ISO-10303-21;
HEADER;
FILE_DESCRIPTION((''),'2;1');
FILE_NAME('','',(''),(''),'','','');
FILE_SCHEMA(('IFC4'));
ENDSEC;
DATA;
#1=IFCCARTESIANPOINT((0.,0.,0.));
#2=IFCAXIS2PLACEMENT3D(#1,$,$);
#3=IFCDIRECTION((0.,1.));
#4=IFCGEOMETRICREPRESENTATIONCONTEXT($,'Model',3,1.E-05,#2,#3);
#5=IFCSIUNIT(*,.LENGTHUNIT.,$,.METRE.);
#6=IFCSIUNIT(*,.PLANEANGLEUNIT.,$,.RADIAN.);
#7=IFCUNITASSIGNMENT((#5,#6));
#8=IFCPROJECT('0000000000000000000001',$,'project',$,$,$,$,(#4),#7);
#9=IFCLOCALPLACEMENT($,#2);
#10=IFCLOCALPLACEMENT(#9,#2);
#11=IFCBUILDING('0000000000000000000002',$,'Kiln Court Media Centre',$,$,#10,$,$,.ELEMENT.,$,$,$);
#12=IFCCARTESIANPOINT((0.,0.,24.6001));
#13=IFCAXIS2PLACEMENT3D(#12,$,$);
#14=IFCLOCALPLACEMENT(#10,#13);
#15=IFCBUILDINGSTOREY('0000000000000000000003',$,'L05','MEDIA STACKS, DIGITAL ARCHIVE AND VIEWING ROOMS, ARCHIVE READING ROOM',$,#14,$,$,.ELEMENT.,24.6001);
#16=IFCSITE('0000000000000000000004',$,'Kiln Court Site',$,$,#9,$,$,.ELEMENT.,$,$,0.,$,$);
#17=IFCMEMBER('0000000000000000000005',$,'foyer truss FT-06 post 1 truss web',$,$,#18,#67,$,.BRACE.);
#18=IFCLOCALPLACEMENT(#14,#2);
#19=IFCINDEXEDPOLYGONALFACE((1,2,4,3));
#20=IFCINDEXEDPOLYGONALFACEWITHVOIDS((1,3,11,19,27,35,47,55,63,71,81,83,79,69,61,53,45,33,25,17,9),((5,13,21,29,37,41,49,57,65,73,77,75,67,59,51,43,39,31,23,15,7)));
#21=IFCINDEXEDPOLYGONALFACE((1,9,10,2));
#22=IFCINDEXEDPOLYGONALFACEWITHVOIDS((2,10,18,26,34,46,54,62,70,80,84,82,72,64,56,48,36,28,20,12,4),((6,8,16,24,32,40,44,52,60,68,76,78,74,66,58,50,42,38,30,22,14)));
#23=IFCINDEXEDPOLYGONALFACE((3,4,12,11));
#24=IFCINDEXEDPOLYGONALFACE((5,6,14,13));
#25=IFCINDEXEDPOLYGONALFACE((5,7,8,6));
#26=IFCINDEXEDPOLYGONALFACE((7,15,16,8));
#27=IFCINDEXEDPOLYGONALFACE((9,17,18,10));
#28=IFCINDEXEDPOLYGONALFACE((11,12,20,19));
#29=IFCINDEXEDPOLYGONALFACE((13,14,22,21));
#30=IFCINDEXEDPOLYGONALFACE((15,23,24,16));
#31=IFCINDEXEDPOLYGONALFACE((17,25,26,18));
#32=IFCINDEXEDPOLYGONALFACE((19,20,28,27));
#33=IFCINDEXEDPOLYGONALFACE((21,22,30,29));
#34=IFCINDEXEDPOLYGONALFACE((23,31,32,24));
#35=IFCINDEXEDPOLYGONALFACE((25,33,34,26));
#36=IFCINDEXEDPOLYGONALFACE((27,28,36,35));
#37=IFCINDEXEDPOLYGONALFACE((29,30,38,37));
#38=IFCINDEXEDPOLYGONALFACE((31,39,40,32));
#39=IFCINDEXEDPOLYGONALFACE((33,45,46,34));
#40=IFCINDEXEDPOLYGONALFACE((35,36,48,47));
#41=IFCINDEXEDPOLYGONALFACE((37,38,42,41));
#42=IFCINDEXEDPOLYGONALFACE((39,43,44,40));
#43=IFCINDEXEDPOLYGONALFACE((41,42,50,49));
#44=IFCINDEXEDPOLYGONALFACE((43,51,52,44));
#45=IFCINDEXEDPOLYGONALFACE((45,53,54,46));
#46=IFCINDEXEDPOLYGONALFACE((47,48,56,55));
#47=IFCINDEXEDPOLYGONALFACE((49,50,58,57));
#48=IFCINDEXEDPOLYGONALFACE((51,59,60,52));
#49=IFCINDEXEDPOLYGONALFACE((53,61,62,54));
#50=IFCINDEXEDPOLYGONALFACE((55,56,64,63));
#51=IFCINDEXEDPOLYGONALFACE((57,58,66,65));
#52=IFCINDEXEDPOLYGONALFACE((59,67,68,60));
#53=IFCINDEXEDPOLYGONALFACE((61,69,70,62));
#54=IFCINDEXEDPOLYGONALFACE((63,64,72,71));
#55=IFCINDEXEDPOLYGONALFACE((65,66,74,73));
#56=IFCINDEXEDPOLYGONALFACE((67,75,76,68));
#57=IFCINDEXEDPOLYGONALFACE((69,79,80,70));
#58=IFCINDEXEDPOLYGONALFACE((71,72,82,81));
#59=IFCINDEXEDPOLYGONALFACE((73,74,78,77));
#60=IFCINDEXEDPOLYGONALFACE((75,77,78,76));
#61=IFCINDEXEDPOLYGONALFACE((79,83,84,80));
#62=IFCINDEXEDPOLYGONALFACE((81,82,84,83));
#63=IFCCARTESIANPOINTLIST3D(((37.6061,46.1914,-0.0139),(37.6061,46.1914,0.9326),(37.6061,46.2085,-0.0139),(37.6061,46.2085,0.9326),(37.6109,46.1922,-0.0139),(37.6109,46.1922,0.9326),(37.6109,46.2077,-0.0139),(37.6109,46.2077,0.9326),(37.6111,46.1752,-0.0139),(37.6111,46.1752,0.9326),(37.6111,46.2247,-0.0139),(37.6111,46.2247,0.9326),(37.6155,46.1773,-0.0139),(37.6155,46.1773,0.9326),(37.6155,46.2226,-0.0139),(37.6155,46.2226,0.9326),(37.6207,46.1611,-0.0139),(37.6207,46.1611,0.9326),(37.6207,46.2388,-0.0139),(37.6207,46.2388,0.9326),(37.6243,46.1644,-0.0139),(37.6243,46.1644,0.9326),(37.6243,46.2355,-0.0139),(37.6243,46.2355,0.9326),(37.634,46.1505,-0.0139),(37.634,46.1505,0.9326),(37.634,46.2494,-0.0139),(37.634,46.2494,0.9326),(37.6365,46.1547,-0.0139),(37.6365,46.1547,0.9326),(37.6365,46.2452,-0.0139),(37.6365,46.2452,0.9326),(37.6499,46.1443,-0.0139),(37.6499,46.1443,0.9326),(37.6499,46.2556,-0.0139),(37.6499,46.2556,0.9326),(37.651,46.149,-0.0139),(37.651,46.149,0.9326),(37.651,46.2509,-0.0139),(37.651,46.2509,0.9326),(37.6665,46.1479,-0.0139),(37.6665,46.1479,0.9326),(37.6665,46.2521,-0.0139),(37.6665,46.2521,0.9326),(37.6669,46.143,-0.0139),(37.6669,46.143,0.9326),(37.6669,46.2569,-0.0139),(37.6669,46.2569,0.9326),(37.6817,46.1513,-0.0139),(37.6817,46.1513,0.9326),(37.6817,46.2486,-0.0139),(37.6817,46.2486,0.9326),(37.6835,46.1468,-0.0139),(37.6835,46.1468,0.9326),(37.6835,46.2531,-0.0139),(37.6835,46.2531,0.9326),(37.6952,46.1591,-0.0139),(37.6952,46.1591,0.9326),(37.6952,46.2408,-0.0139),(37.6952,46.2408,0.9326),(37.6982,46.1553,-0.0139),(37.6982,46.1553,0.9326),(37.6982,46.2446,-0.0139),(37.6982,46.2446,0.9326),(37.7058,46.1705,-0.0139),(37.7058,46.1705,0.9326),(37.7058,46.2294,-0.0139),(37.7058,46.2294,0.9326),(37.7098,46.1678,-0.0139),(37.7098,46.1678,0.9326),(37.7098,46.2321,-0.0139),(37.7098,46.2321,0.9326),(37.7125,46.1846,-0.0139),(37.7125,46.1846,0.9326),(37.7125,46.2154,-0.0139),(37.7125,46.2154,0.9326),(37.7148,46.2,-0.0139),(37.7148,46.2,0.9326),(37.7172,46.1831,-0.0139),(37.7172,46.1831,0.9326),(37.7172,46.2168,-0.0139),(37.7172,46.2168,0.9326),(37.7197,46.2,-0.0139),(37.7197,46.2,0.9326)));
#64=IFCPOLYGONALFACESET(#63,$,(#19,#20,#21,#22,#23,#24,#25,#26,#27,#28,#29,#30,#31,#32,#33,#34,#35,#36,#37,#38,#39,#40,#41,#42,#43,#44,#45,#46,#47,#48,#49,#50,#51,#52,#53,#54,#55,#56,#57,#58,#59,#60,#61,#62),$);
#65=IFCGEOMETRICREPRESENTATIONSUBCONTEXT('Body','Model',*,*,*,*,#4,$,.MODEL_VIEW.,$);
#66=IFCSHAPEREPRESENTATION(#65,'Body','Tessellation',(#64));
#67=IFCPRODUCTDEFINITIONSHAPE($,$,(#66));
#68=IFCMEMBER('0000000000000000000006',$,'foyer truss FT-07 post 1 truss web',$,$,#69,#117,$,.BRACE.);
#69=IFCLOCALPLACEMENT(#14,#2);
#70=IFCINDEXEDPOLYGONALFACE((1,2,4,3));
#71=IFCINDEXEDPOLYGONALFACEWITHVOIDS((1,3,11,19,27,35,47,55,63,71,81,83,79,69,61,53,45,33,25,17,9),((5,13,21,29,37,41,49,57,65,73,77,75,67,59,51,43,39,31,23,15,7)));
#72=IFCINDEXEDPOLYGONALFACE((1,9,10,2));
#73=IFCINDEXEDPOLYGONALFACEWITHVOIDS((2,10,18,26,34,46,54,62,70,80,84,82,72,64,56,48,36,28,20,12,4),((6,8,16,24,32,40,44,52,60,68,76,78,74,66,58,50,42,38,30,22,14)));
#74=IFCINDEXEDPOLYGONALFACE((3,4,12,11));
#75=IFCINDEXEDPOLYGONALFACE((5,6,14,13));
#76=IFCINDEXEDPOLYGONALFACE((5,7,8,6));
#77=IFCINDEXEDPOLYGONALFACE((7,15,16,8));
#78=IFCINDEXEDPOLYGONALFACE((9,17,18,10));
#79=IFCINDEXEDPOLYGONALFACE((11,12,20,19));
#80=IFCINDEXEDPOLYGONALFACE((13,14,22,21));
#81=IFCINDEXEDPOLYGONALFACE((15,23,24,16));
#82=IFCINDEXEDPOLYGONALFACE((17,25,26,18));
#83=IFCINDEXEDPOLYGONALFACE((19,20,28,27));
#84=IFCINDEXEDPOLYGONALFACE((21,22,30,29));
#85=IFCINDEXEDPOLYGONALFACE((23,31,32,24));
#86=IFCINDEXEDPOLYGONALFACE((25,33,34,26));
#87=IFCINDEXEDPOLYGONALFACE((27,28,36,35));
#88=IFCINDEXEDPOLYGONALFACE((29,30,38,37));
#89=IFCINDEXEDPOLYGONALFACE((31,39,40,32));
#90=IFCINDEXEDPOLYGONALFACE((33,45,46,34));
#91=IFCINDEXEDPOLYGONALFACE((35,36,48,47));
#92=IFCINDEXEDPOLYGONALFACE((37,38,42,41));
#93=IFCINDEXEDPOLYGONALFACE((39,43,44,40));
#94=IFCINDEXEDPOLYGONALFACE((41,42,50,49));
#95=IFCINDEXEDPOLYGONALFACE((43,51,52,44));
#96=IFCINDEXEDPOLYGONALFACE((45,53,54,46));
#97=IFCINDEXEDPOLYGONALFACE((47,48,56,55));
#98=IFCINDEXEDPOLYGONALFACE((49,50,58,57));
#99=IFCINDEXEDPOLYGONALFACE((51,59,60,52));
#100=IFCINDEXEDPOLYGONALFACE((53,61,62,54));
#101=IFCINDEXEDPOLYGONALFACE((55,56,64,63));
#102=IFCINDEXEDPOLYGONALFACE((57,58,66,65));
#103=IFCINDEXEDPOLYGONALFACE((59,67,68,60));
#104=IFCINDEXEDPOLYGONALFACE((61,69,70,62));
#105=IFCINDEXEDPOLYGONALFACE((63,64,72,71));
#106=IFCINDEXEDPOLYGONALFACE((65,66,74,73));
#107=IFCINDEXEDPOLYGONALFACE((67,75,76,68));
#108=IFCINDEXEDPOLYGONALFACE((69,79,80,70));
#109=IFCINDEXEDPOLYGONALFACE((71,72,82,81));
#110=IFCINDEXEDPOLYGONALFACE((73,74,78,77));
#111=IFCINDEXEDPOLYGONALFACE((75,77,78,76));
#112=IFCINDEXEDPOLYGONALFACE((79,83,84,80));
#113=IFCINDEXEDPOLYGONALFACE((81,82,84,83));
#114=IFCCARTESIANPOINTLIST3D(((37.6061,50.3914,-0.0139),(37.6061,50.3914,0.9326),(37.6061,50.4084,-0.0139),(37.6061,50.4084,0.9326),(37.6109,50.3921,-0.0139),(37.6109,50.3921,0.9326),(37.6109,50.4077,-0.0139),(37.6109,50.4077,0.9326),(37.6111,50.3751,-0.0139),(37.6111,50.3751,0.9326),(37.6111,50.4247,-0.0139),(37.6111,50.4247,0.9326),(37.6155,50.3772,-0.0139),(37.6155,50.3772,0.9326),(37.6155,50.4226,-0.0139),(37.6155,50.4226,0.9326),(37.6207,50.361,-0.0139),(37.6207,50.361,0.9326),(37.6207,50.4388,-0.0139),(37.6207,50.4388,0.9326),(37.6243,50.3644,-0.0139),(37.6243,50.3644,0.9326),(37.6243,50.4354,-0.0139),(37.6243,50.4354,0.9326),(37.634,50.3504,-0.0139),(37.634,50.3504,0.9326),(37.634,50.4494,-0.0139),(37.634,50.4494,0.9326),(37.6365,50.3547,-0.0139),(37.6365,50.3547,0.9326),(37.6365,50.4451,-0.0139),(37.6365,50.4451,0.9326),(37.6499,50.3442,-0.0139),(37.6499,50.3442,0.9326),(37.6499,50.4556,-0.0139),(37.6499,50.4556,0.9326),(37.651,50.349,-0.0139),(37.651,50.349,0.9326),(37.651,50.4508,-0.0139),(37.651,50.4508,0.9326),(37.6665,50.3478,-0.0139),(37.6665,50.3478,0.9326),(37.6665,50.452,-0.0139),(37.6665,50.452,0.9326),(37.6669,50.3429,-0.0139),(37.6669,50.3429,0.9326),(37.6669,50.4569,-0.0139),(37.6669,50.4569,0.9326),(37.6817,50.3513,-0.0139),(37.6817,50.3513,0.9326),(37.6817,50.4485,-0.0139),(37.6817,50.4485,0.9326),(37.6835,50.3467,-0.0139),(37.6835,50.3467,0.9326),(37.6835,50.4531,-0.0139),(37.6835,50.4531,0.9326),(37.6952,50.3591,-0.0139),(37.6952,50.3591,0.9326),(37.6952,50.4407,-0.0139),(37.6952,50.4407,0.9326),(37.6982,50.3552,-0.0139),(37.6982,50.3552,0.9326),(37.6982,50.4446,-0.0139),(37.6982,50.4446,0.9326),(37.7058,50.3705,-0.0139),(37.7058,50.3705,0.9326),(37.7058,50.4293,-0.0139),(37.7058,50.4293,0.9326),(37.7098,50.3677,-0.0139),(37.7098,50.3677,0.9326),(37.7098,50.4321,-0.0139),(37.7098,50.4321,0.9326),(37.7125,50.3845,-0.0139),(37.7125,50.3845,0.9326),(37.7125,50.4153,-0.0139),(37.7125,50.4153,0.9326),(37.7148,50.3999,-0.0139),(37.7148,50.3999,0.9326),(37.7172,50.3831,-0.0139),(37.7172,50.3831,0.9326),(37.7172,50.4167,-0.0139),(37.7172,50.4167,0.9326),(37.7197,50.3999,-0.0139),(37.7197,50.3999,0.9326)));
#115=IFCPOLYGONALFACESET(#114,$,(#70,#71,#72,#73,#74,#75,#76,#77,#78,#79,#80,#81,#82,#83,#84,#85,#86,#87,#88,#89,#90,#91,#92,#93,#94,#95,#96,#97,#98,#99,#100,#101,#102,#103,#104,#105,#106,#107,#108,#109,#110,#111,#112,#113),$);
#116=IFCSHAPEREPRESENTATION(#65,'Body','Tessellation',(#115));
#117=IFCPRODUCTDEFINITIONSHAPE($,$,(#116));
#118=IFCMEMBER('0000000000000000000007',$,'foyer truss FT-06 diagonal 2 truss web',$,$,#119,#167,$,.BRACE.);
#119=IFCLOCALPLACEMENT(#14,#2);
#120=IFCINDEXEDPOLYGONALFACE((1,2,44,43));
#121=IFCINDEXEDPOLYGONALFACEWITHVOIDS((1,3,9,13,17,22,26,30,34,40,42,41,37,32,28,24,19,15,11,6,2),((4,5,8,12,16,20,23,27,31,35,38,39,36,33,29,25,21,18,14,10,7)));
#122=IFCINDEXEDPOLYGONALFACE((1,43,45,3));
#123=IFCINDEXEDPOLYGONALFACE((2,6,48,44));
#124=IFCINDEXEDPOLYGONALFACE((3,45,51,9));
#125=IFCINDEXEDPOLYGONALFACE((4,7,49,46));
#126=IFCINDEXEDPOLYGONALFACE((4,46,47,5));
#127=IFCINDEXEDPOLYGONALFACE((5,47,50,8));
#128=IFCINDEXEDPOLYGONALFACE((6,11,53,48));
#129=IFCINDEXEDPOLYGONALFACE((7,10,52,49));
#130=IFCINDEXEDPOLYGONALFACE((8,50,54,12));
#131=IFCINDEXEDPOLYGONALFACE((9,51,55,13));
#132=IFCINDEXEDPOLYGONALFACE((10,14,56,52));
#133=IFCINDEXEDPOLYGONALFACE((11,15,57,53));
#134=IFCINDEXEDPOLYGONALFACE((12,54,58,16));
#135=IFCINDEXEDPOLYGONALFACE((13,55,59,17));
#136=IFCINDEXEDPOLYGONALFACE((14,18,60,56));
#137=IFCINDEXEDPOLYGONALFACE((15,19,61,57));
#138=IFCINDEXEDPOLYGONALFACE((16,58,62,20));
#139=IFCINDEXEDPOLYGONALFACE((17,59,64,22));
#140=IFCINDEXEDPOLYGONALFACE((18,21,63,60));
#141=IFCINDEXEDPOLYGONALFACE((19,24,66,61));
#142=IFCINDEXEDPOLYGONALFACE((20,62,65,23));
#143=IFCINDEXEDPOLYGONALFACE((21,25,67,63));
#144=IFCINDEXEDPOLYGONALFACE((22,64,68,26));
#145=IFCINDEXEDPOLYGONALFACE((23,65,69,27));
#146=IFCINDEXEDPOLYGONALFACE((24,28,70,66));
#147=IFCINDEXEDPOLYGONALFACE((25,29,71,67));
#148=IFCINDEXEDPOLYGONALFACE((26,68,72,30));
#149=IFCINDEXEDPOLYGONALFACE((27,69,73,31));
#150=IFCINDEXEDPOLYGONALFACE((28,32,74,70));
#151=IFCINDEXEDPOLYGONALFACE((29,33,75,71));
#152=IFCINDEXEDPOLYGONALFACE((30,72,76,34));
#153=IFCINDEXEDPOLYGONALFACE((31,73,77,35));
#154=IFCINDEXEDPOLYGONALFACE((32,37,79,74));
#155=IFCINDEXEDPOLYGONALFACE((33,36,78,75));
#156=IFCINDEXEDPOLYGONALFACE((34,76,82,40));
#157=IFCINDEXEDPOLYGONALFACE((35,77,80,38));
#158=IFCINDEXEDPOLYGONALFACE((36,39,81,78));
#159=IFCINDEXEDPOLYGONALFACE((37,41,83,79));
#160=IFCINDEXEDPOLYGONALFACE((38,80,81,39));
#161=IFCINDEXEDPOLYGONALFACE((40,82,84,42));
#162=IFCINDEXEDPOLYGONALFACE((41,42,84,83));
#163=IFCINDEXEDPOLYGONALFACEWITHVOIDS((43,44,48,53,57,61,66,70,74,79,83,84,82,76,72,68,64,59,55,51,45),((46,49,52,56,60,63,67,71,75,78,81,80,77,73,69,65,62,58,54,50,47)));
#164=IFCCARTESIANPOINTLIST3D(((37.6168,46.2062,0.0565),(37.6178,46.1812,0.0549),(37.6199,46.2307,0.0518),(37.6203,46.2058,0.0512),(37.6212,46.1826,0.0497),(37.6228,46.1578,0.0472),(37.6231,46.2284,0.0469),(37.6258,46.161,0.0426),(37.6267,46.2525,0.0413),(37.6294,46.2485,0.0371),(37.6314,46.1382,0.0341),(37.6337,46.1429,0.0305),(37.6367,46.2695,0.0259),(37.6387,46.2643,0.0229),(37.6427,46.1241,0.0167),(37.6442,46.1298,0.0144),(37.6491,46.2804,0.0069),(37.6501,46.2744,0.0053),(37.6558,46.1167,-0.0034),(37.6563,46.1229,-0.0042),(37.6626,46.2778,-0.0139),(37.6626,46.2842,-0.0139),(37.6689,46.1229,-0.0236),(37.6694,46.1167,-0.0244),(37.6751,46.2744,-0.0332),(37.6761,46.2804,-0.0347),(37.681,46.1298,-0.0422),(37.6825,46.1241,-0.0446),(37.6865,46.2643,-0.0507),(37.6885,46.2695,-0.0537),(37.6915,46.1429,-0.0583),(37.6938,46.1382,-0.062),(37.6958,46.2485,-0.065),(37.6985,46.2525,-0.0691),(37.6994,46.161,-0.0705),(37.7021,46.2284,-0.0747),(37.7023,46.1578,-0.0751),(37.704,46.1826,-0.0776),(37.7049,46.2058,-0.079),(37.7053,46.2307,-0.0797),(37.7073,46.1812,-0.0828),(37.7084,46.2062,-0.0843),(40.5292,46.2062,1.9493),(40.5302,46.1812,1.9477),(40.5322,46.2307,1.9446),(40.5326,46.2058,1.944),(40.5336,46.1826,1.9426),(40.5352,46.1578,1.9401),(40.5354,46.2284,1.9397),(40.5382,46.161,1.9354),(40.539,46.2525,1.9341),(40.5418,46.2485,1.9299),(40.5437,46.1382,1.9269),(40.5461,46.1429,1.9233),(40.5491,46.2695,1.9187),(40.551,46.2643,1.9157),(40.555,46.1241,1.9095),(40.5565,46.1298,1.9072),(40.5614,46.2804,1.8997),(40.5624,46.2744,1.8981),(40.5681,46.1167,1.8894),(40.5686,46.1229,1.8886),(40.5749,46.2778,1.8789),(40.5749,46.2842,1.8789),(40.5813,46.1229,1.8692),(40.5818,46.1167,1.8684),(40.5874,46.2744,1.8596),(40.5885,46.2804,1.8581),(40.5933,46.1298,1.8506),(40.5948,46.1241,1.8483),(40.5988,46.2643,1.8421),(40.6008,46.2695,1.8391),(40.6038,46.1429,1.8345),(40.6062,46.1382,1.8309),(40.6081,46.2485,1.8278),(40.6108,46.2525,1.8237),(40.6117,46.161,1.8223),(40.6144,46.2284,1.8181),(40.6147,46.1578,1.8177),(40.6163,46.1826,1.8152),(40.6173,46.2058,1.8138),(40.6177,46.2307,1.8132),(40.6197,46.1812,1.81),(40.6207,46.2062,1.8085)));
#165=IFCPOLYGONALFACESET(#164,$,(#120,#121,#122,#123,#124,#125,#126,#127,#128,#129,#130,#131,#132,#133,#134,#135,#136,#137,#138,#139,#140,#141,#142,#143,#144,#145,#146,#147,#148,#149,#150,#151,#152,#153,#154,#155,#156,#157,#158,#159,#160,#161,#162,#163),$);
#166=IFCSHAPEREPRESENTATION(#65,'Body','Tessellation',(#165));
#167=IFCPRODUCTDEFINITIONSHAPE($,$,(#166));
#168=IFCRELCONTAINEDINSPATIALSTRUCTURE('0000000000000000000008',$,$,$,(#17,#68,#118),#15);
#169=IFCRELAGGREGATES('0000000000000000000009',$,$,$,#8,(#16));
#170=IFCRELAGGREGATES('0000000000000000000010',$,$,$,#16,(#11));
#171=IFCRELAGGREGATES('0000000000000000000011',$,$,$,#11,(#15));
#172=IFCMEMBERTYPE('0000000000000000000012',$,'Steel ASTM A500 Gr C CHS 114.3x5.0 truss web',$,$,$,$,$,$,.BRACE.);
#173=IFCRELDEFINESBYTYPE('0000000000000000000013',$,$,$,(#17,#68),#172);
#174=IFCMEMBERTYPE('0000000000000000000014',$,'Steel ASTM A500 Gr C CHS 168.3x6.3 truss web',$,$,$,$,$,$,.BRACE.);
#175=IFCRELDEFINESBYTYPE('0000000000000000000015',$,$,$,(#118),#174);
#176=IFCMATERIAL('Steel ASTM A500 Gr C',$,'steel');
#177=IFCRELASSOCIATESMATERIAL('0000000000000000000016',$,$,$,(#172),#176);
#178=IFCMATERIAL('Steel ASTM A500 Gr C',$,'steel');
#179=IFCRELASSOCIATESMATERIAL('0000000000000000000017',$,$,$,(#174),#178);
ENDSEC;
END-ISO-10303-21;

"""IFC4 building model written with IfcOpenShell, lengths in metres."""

from ifc_helpers import new_model, si_unit, direction, frame, origin, origin_2d, place, context, subcontext, project, spatial, hollow_circle, extrude, material, material_profile, profile_set, type_object, element, save


model = new_model("IFC4")

# Units and contexts
model_context = context("Model", 3, precision=1e-05, world=origin(), true_north=direction((0.0, 1.0)))
body_context = subcontext(model_context, "Body", "Model", "MODEL_VIEW")
ifc_project = project(units=[si_unit("LENGTHUNIT", "METRE"), si_unit("PLANEANGLEUNIT", "RADIAN")], contexts=[model_context])

# Site, building, storey
site_placement = place(None, origin())
site = spatial("IfcSite", under=ifc_project, at=site_placement, Name="Kiln Court Site", CompositionType="ELEMENT", RefElevation=0.0)
building_placement = place(site_placement, origin())
building = spatial("IfcBuilding", under=site, at=building_placement, Name="Kiln Court Media Centre", CompositionType="ELEMENT")
storey_placement = place(building_placement, frame((0.0, 0.0, 24.6001)))
storey = spatial("IfcBuildingStorey", under=building, at=storey_placement, Name="L05", Description="MEDIA STACKS, DIGITAL ARCHIVE AND VIEWING ROOMS, ARCHIVE READING ROOM", CompositionType="ELEMENT", Elevation=24.6001)

# Members
ifc_material_1 = material(Name="Steel ASTM A500 Gr C", Category="steel")
ifc_material_profile_1 = material_profile(ifc_material_1, hollow_circle(Radius=0.0571, WallThickness=0.0049, at=origin_2d()), Name="CHS 114.3x5.0")
ifc_profile_set_1 = profile_set([ifc_material_profile_1], Name="Steel ASTM A500 Gr C")
member_type_1 = type_object("IfcMemberType", Name="Steel ASTM A500 Gr C CHS 114.3x5.0 truss web", PredefinedType="BRACE", material=ifc_profile_set_1)
for number, where, z_axis, x_axis, name in (
    (1, (37.6626, 46.2, -0.0139), (0.0, 0.0, 1.0), (1.0, 0.0, 0.0), "foyer truss FT-06 post 1 truss web"),
    (2, (37.6626, 50.3999, -0.0139), (0.0, 0.0, 1.0), (1.0, 0.0, 0.0), "foyer truss FT-07 post 1 truss web"),
):
    element("IfcMember", number, at=place(storey_placement, frame(where, z_axis=z_axis, x_axis=x_axis)), inside=storey, type_object=member_type_1, Name=name, PredefinedType="BRACE", context=body_context, shape_type="SweptSolid", body=[
        extrude(hollow_circle(Radius=0.0571, WallThickness=0.0049, at=origin_2d()), origin(), (0.0, 0.0, 1.0), 0.9465),
    ])
ifc_material_2 = material(Name="Steel ASTM A500 Gr C", Category="steel")
ifc_material_profile_2 = material_profile(ifc_material_2, hollow_circle(Radius=0.0842, WallThickness=0.0063, at=origin_2d()), Name="CHS 168.3x6.3")
ifc_profile_set_2 = profile_set([ifc_material_profile_2], Name="Steel ASTM A500 Gr C")
member_type_2 = type_object("IfcMemberType", Name="Steel ASTM A500 Gr C CHS 168.3x6.3 truss web", PredefinedType="BRACE", material=ifc_profile_set_2)
for number, where, z_axis, x_axis, name in (
    (3, (37.6626, 46.2, -0.0139), (0.838471, 0.0, 0.544946), (0.0, 1.0, 0.0), "foyer truss FT-06 diagonal 2 truss web"),
):
    element("IfcMember", number, at=place(storey_placement, frame(where, z_axis=z_axis, x_axis=x_axis)), inside=storey, type_object=member_type_2, Name=name, PredefinedType="BRACE", context=body_context, shape_type="SweptSolid", body=[
        extrude(hollow_circle(Radius=0.0842, WallThickness=0.0063, at=origin_2d()), origin(), (0.0, 0.0, 1.0), 3.4734),
    ])

save(model, "model.ifc")
